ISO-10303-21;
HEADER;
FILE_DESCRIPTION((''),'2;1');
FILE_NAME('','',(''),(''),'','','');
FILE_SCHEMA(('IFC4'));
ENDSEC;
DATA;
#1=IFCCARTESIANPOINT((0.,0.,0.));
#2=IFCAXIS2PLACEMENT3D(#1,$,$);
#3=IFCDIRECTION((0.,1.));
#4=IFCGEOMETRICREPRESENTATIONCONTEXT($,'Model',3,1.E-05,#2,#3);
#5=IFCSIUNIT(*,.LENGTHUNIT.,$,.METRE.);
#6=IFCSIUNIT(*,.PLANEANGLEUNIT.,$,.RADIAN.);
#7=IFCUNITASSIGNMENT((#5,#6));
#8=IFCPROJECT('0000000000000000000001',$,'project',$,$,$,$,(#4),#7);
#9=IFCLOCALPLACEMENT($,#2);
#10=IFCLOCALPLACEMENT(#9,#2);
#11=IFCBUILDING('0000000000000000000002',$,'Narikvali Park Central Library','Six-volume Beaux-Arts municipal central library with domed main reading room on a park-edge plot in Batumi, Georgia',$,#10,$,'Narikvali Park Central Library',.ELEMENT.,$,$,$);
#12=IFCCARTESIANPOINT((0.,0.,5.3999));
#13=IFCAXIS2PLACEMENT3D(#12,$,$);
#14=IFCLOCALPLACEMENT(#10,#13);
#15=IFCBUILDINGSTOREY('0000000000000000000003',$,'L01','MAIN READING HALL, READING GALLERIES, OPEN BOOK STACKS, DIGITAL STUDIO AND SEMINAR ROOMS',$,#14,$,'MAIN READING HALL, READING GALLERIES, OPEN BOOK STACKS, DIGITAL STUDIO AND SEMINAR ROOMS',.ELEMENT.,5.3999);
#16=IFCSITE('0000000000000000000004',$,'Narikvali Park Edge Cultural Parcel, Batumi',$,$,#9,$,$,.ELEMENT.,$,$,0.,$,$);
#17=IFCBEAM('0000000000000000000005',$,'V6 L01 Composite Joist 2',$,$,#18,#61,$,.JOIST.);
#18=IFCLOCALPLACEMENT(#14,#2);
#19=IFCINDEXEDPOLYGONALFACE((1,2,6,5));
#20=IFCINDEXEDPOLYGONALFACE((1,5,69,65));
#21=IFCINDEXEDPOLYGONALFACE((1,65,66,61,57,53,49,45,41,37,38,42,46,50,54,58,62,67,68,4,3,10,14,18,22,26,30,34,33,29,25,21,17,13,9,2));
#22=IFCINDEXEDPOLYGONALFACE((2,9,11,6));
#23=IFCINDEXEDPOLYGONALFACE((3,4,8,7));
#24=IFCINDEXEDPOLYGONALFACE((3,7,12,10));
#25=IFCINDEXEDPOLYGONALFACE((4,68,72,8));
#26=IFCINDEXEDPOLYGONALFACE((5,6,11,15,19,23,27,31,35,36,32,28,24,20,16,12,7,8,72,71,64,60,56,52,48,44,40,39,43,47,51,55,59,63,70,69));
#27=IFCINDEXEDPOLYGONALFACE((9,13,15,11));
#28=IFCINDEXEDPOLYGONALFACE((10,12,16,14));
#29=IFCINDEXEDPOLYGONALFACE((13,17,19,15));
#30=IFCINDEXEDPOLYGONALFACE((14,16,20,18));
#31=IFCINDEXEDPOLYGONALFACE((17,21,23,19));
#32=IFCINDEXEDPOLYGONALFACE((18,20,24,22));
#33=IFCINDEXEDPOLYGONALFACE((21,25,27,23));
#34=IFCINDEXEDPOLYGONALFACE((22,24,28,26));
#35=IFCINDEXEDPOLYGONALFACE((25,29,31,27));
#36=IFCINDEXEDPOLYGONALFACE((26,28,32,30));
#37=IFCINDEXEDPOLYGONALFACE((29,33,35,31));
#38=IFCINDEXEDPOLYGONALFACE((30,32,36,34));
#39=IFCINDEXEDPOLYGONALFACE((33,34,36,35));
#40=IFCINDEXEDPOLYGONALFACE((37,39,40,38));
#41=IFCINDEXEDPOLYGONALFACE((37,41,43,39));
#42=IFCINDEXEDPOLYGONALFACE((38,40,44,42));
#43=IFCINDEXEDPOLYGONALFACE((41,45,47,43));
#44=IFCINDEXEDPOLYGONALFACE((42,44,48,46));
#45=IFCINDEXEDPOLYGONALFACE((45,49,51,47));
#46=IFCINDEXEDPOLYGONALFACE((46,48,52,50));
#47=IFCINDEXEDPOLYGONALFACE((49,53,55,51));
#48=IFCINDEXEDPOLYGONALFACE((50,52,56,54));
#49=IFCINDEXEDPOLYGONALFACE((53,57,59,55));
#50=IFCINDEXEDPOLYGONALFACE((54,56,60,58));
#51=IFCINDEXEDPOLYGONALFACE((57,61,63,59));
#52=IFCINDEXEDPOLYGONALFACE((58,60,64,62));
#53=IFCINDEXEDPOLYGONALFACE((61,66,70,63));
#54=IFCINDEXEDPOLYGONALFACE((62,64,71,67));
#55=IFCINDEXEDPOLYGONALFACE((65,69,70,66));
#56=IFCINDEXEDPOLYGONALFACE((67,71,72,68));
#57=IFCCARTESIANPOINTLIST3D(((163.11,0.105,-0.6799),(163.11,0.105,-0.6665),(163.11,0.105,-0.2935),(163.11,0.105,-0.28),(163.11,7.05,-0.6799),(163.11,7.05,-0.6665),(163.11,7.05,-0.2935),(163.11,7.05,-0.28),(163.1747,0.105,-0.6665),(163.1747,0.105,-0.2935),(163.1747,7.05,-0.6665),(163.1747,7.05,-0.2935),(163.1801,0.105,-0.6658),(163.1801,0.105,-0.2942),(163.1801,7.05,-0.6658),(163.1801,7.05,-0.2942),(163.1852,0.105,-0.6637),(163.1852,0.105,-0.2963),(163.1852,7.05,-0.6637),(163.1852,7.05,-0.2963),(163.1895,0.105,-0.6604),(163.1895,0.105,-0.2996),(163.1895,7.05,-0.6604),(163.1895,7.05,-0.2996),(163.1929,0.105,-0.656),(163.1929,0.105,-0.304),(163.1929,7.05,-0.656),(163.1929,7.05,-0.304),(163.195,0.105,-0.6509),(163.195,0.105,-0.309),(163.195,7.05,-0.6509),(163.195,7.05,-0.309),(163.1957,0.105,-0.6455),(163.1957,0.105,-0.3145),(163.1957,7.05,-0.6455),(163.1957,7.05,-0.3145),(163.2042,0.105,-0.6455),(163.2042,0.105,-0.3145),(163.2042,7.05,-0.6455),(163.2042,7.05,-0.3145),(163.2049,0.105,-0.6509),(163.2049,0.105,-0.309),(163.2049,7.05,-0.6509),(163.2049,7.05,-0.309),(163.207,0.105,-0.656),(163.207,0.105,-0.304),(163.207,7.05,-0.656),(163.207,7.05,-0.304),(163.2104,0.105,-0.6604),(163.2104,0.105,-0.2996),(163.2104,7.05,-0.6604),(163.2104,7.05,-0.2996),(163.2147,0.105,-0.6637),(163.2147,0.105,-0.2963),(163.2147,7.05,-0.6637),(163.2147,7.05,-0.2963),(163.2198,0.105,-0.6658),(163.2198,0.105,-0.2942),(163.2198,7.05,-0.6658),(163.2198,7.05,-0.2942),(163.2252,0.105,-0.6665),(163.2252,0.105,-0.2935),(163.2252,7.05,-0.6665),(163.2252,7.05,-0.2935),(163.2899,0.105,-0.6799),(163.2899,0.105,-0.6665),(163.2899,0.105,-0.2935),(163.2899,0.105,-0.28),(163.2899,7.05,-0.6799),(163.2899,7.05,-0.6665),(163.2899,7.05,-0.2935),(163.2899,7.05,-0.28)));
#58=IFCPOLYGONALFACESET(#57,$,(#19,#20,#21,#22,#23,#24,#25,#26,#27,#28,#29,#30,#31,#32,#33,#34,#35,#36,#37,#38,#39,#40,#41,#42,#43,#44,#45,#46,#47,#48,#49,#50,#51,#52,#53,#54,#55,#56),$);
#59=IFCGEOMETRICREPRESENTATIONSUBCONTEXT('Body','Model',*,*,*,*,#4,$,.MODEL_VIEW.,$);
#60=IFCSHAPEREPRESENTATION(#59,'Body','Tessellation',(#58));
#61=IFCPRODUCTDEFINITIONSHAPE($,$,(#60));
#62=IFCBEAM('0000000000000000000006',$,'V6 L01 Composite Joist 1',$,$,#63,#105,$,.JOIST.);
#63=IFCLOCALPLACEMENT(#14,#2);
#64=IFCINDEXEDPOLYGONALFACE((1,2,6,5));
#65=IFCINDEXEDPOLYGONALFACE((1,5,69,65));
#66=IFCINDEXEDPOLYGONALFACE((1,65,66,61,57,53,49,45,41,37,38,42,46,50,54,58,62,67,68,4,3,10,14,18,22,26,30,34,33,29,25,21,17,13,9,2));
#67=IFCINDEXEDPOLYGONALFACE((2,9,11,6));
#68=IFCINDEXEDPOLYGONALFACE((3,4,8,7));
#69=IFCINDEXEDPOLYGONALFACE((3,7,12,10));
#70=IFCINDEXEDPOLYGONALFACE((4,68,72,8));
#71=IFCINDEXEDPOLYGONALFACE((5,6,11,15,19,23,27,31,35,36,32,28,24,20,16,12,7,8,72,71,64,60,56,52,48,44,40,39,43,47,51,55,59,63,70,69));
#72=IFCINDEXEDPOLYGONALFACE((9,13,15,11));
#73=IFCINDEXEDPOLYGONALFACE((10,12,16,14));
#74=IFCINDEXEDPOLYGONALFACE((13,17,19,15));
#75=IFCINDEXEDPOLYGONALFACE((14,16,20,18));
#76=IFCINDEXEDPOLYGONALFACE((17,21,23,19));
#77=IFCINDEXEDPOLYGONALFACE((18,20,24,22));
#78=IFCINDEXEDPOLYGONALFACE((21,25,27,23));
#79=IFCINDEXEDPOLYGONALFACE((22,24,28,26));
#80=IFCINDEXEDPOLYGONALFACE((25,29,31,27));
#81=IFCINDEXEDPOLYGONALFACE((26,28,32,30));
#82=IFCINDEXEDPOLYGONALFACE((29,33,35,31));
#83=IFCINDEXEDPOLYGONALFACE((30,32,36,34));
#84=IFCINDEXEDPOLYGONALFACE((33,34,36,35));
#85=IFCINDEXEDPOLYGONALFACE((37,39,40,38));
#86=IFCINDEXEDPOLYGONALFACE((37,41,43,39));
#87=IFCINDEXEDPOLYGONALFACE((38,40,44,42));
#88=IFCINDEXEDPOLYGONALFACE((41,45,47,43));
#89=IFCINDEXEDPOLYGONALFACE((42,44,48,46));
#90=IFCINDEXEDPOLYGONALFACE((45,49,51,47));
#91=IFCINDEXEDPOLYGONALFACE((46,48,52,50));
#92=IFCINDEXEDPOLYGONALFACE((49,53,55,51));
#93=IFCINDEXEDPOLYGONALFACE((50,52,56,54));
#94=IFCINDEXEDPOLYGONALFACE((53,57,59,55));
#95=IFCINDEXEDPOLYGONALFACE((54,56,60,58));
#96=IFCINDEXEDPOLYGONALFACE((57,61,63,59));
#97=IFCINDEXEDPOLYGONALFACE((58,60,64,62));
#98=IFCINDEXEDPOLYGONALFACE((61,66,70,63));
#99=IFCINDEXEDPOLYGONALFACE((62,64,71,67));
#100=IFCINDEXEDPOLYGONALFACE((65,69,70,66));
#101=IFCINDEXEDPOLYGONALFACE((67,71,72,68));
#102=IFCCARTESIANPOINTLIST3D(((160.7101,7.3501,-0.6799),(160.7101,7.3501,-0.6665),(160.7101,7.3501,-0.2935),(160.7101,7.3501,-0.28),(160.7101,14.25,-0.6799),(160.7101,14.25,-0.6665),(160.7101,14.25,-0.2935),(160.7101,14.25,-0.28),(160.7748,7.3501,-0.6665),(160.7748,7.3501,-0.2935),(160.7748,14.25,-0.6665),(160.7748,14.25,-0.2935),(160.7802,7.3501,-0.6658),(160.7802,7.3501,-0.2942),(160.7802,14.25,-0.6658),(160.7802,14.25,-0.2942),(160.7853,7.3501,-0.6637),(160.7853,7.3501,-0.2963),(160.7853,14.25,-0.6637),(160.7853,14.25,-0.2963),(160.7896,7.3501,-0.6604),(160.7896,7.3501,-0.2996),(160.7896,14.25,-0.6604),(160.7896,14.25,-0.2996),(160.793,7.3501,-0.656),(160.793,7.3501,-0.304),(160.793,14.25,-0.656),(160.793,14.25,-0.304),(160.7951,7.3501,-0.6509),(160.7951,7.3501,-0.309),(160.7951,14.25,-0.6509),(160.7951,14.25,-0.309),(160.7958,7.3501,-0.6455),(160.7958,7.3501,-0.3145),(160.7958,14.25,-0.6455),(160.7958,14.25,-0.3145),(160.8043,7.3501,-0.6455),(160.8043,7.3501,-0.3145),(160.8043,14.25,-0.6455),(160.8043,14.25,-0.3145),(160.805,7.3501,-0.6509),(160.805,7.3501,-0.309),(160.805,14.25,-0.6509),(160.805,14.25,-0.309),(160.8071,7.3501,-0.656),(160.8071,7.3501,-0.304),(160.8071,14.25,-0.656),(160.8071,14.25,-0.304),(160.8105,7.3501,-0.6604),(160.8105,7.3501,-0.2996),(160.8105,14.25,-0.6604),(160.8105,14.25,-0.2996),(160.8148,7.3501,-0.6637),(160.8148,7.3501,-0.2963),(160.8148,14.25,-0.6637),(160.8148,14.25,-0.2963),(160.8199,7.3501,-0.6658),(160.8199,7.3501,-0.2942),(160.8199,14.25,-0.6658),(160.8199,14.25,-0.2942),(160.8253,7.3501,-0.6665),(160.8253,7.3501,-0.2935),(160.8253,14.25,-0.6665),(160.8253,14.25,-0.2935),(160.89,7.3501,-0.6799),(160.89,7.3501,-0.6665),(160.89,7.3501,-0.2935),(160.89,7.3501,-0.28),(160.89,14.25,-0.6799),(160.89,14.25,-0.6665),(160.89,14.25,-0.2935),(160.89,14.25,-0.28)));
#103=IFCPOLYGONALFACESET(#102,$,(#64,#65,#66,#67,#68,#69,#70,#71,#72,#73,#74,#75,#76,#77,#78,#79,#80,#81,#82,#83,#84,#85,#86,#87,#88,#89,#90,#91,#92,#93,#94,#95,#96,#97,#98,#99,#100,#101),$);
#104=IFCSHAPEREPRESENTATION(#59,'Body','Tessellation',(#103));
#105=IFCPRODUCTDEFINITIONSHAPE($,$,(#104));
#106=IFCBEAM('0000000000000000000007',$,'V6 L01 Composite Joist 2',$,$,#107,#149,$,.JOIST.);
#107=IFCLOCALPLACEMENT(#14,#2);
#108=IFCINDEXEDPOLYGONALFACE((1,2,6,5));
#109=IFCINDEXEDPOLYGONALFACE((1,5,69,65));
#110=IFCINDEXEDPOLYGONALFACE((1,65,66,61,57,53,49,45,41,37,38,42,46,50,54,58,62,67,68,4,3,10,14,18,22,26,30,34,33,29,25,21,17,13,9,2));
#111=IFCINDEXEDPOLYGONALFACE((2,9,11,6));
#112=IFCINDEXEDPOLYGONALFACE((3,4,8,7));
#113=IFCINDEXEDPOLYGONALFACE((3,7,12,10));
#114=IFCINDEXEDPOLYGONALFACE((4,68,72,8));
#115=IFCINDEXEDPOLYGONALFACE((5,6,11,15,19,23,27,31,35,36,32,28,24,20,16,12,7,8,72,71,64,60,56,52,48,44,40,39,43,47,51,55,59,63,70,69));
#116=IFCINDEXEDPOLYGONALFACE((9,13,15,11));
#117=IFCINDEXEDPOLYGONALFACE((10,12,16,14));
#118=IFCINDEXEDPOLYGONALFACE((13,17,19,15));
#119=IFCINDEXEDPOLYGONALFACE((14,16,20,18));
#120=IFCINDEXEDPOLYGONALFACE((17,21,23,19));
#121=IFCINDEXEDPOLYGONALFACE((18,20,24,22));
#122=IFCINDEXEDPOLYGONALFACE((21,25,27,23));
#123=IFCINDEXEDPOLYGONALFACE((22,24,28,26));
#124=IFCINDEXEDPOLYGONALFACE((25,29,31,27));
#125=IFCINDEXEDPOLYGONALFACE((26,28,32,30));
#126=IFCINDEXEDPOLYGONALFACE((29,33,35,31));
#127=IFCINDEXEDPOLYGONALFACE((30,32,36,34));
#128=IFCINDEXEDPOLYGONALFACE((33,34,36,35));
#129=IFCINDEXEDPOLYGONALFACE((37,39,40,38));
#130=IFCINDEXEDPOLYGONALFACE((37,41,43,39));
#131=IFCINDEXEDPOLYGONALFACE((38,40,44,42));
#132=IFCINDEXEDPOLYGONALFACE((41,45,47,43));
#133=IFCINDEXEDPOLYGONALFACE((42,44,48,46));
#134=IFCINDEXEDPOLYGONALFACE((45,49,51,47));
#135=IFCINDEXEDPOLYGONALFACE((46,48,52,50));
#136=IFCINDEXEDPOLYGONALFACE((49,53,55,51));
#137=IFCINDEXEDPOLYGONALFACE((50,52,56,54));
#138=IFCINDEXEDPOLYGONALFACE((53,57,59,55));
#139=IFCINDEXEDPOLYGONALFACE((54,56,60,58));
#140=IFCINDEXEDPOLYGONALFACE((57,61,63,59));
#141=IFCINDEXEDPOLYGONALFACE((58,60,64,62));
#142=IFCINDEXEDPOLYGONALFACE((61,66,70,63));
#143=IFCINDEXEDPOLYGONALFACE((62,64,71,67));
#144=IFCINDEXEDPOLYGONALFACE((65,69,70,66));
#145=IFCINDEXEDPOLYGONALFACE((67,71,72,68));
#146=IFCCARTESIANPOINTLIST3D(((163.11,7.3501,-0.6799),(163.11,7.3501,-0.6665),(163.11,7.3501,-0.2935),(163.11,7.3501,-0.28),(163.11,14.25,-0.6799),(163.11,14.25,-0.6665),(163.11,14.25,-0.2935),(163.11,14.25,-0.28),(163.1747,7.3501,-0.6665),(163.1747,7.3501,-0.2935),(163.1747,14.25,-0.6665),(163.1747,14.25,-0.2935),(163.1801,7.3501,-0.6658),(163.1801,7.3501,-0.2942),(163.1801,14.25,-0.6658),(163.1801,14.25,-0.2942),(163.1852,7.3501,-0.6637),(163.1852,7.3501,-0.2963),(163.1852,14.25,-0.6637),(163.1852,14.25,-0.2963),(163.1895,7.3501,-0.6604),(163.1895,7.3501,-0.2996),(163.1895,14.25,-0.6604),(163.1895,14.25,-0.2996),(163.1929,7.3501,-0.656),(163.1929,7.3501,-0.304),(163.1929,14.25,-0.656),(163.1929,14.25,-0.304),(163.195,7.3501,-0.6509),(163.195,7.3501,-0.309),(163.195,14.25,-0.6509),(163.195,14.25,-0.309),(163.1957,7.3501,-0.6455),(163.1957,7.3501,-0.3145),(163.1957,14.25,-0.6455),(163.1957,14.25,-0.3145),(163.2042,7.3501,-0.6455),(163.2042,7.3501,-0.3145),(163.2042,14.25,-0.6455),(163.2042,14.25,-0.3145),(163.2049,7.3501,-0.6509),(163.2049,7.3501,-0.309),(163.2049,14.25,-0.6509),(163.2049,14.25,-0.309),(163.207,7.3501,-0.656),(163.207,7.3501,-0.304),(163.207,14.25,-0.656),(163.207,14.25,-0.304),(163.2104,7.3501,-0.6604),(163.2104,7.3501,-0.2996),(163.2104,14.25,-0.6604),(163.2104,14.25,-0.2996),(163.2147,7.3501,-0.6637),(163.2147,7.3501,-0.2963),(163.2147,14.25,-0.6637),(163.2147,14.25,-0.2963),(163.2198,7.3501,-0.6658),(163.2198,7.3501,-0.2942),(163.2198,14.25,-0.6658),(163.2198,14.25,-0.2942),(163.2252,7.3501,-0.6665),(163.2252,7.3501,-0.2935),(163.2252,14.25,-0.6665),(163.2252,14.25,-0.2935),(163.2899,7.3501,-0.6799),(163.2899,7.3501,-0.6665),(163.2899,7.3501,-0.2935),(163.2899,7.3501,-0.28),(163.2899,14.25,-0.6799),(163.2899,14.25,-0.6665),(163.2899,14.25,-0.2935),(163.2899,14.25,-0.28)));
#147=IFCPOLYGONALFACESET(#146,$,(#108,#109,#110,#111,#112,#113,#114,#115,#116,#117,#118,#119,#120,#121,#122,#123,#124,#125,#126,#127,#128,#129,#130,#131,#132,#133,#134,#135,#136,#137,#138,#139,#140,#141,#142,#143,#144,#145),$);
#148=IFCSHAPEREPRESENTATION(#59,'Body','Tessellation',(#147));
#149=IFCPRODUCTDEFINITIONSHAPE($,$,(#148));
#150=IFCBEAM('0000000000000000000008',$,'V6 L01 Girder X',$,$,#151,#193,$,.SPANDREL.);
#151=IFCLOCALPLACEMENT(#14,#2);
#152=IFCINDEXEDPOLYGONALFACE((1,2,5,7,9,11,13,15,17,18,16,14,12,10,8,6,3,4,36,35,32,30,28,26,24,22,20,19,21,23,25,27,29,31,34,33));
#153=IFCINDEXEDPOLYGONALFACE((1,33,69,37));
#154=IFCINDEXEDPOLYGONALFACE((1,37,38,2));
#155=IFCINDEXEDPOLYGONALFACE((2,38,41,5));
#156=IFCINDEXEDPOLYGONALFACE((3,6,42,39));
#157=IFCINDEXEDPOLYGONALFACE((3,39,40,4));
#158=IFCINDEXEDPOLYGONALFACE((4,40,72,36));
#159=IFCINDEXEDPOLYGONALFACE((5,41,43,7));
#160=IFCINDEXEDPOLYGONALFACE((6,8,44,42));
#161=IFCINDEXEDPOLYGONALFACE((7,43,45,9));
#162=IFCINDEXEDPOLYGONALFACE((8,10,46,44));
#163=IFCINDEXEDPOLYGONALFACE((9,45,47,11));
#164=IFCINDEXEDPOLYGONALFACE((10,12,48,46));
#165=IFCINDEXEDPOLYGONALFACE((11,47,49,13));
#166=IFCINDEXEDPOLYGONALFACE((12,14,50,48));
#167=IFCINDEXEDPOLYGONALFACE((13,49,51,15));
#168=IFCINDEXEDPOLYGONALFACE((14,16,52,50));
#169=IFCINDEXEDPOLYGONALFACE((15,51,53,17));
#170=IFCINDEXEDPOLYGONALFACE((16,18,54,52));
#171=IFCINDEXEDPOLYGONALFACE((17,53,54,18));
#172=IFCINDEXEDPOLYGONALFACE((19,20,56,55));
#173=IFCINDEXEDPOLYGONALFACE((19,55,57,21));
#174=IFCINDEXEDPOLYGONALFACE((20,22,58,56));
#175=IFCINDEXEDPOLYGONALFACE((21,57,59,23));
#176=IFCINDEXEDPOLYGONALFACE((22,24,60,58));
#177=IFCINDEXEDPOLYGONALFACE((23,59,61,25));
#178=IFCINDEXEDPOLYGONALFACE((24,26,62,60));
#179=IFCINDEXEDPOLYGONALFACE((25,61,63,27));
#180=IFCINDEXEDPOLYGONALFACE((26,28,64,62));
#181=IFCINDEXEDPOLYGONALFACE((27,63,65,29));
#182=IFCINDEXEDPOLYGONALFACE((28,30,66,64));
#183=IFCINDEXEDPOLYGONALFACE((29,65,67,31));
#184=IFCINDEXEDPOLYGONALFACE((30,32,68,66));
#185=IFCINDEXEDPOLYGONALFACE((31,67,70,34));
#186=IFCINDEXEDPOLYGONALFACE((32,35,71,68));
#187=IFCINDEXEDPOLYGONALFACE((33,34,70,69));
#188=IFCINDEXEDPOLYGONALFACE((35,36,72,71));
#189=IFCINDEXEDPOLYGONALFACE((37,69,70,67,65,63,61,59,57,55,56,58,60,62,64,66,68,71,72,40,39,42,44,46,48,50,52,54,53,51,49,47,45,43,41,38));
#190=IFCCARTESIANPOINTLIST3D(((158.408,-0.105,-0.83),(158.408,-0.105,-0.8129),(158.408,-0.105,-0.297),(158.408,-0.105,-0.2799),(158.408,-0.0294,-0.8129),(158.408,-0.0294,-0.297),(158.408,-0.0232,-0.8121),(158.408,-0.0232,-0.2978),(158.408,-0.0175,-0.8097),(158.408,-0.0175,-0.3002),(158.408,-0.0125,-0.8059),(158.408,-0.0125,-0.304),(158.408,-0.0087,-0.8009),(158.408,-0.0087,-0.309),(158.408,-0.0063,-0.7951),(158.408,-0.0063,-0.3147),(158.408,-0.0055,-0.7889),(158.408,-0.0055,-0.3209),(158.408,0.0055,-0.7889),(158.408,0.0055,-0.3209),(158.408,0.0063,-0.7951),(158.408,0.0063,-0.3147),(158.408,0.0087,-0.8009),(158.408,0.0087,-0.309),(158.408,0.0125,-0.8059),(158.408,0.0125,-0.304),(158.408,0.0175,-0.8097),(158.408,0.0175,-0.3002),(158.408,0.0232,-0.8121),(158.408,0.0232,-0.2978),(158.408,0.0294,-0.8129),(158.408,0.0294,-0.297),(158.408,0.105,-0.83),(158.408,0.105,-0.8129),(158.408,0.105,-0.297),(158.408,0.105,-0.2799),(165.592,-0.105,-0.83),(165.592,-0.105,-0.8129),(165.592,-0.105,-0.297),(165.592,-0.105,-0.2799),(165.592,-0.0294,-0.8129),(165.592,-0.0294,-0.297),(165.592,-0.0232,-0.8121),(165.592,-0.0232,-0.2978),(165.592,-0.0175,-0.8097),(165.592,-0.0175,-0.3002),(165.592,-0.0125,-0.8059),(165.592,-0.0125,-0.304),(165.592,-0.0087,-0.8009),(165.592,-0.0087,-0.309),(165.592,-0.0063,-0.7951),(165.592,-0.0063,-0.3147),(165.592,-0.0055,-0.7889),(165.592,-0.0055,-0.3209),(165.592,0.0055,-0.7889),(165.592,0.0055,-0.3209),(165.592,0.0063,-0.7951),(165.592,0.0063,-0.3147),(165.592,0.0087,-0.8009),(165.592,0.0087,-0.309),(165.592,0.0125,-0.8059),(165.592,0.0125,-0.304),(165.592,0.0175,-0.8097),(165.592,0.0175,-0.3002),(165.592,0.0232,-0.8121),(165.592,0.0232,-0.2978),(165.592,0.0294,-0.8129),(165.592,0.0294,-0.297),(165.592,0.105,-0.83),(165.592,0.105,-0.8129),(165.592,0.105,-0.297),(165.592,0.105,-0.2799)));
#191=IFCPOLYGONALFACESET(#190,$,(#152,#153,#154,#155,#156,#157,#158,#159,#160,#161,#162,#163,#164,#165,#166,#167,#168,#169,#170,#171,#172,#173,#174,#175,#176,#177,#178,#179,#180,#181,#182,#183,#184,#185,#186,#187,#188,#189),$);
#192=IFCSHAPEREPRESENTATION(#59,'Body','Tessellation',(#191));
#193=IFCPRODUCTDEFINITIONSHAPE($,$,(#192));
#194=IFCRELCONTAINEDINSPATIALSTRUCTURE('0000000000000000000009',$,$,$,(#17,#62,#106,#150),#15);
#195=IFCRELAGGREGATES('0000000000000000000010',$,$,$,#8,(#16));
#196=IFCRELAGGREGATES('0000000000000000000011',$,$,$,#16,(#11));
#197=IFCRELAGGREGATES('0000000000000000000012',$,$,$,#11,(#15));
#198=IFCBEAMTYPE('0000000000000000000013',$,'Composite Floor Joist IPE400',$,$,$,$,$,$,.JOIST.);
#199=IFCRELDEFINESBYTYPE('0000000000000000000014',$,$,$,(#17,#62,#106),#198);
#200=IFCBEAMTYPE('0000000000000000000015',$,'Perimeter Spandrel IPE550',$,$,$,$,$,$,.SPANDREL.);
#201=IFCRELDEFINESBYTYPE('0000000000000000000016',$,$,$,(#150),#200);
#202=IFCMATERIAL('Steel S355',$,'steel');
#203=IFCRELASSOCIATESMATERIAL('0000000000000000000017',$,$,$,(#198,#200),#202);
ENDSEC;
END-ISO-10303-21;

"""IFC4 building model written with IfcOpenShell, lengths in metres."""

from ifc_helpers import new_model, si_unit, direction, frame, origin, origin_2d, place, context, subcontext, project, spatial, i_section, extrude, material, material_profile, profile_set, type_object, element, save


model = new_model("IFC4")

# Units and contexts
model_context = context("Model", 3, precision=1e-05, world=origin(), true_north=direction((0.0, 1.0)))
body_context = subcontext(model_context, "Body", "Model", "MODEL_VIEW")
ifc_project = project(units=[si_unit("LENGTHUNIT", "METRE"), si_unit("PLANEANGLEUNIT", "RADIAN")], contexts=[model_context])

# Site, building, storey
site_placement = place(None, origin())
site = spatial("IfcSite", under=ifc_project, at=site_placement, Name="Narikvali Park Edge Cultural Parcel, Batumi", CompositionType="ELEMENT", RefElevation=0.0)
building_placement = place(site_placement, origin())
building = spatial("IfcBuilding", under=site, at=building_placement, Name="Narikvali Park Central Library", Description="Six-volume Beaux-Arts municipal central library with domed main reading room on a park-edge plot in Batumi, Georgia", LongName="Narikvali Park Central Library", CompositionType="ELEMENT")
storey_placement = place(building_placement, frame((0.0, 0.0, 5.3999)))
storey = spatial("IfcBuildingStorey", under=building, at=storey_placement, Name="L01", Description="MAIN READING HALL, READING GALLERIES, OPEN BOOK STACKS, DIGITAL STUDIO AND SEMINAR ROOMS", LongName="MAIN READING HALL, READING GALLERIES, OPEN BOOK STACKS, DIGITAL STUDIO AND SEMINAR ROOMS", CompositionType="ELEMENT", Elevation=5.3999)

# Shared definitions
ifc_material_1 = material(Name="Steel S355", Category="steel")

# Beams
ifc_material_profile_1 = material_profile(ifc_material_1, i_section(OverallWidth=0.1799, OverallDepth=0.3999, WebThickness=0.0085, FlangeThickness=0.0134, FilletRadius=0.021, at=origin_2d()), Name="IPE 400")
ifc_profile_set_1 = profile_set([ifc_material_profile_1], Name="Steel S355")
beam_type_1 = type_object("IfcBeamType", Name="Composite Floor Joist IPE400", PredefinedType="JOIST", material=ifc_profile_set_1)
for number, where, z_axis, x_axis, name in (
    (1, (163.2, 0.105, -0.48), (0.0, 1.0, 0.0), (-1.0, 0.0, 0.0), "V6 L01 Composite Joist 2"),
):
    element("IfcBeam", number, at=place(storey_placement, frame(where, z_axis=z_axis, x_axis=x_axis)), inside=storey, type_object=beam_type_1, Name=name, PredefinedType="JOIST", context=body_context, shape_type="SweptSolid", body=[
        extrude(i_section(OverallWidth=0.1799, OverallDepth=0.3999, WebThickness=0.0085, FlangeThickness=0.0134, FilletRadius=0.021, at=origin_2d()), origin(), (0.0, 0.0, 1.0), 6.9451),
    ])
for number, where, z_axis, x_axis, name in (
    (2, (160.8, 7.3501, -0.48), (0.0, 1.0, 0.0), (-1.0, 0.0, 0.0), "V6 L01 Composite Joist 1"),
    (3, (163.2, 7.3501, -0.48), (0.0, 1.0, 0.0), (-1.0, 0.0, 0.0), "V6 L01 Composite Joist 2"),
):
    element("IfcBeam", number, at=place(storey_placement, frame(where, z_axis=z_axis, x_axis=x_axis)), inside=storey, type_object=beam_type_1, Name=name, PredefinedType="JOIST", context=body_context, shape_type="SweptSolid", body=[
        extrude(i_section(OverallWidth=0.1799, OverallDepth=0.3999, WebThickness=0.0085, FlangeThickness=0.0134, FilletRadius=0.021, at=origin_2d()), origin(), (0.0, 0.0, 1.0), 6.8999),
    ])
ifc_material_profile_2 = material_profile(ifc_material_1, i_section(OverallWidth=0.21, OverallDepth=0.55, WebThickness=0.011, FlangeThickness=0.0171, FilletRadius=0.0239, at=origin_2d()), Name="IPE 550")
ifc_profile_set_2 = profile_set([ifc_material_profile_2], Name="Steel S355")
beam_type_2 = type_object("IfcBeamType", Name="Perimeter Spandrel IPE550", PredefinedType="SPANDREL", material=ifc_profile_set_2)
beam_1_placement = place(storey_placement, frame((158.408, 0.0, -0.5549), z_axis=(1.0, 0.0, 0.0), x_axis=(0.0, 1.0, 0.0)))
element("IfcBeam", 4, at=beam_1_placement, inside=storey, type_object=beam_type_2, Name="V6 L01 Girder X", PredefinedType="SPANDREL", context=body_context, shape_type="SweptSolid", body=[
    extrude(i_section(OverallWidth=0.21, OverallDepth=0.55, WebThickness=0.011, FlangeThickness=0.0171, FilletRadius=0.0239, at=origin_2d()), origin(), (0.0, 0.0, 1.0), 7.1841),
])

save(model, "model.ifc")
